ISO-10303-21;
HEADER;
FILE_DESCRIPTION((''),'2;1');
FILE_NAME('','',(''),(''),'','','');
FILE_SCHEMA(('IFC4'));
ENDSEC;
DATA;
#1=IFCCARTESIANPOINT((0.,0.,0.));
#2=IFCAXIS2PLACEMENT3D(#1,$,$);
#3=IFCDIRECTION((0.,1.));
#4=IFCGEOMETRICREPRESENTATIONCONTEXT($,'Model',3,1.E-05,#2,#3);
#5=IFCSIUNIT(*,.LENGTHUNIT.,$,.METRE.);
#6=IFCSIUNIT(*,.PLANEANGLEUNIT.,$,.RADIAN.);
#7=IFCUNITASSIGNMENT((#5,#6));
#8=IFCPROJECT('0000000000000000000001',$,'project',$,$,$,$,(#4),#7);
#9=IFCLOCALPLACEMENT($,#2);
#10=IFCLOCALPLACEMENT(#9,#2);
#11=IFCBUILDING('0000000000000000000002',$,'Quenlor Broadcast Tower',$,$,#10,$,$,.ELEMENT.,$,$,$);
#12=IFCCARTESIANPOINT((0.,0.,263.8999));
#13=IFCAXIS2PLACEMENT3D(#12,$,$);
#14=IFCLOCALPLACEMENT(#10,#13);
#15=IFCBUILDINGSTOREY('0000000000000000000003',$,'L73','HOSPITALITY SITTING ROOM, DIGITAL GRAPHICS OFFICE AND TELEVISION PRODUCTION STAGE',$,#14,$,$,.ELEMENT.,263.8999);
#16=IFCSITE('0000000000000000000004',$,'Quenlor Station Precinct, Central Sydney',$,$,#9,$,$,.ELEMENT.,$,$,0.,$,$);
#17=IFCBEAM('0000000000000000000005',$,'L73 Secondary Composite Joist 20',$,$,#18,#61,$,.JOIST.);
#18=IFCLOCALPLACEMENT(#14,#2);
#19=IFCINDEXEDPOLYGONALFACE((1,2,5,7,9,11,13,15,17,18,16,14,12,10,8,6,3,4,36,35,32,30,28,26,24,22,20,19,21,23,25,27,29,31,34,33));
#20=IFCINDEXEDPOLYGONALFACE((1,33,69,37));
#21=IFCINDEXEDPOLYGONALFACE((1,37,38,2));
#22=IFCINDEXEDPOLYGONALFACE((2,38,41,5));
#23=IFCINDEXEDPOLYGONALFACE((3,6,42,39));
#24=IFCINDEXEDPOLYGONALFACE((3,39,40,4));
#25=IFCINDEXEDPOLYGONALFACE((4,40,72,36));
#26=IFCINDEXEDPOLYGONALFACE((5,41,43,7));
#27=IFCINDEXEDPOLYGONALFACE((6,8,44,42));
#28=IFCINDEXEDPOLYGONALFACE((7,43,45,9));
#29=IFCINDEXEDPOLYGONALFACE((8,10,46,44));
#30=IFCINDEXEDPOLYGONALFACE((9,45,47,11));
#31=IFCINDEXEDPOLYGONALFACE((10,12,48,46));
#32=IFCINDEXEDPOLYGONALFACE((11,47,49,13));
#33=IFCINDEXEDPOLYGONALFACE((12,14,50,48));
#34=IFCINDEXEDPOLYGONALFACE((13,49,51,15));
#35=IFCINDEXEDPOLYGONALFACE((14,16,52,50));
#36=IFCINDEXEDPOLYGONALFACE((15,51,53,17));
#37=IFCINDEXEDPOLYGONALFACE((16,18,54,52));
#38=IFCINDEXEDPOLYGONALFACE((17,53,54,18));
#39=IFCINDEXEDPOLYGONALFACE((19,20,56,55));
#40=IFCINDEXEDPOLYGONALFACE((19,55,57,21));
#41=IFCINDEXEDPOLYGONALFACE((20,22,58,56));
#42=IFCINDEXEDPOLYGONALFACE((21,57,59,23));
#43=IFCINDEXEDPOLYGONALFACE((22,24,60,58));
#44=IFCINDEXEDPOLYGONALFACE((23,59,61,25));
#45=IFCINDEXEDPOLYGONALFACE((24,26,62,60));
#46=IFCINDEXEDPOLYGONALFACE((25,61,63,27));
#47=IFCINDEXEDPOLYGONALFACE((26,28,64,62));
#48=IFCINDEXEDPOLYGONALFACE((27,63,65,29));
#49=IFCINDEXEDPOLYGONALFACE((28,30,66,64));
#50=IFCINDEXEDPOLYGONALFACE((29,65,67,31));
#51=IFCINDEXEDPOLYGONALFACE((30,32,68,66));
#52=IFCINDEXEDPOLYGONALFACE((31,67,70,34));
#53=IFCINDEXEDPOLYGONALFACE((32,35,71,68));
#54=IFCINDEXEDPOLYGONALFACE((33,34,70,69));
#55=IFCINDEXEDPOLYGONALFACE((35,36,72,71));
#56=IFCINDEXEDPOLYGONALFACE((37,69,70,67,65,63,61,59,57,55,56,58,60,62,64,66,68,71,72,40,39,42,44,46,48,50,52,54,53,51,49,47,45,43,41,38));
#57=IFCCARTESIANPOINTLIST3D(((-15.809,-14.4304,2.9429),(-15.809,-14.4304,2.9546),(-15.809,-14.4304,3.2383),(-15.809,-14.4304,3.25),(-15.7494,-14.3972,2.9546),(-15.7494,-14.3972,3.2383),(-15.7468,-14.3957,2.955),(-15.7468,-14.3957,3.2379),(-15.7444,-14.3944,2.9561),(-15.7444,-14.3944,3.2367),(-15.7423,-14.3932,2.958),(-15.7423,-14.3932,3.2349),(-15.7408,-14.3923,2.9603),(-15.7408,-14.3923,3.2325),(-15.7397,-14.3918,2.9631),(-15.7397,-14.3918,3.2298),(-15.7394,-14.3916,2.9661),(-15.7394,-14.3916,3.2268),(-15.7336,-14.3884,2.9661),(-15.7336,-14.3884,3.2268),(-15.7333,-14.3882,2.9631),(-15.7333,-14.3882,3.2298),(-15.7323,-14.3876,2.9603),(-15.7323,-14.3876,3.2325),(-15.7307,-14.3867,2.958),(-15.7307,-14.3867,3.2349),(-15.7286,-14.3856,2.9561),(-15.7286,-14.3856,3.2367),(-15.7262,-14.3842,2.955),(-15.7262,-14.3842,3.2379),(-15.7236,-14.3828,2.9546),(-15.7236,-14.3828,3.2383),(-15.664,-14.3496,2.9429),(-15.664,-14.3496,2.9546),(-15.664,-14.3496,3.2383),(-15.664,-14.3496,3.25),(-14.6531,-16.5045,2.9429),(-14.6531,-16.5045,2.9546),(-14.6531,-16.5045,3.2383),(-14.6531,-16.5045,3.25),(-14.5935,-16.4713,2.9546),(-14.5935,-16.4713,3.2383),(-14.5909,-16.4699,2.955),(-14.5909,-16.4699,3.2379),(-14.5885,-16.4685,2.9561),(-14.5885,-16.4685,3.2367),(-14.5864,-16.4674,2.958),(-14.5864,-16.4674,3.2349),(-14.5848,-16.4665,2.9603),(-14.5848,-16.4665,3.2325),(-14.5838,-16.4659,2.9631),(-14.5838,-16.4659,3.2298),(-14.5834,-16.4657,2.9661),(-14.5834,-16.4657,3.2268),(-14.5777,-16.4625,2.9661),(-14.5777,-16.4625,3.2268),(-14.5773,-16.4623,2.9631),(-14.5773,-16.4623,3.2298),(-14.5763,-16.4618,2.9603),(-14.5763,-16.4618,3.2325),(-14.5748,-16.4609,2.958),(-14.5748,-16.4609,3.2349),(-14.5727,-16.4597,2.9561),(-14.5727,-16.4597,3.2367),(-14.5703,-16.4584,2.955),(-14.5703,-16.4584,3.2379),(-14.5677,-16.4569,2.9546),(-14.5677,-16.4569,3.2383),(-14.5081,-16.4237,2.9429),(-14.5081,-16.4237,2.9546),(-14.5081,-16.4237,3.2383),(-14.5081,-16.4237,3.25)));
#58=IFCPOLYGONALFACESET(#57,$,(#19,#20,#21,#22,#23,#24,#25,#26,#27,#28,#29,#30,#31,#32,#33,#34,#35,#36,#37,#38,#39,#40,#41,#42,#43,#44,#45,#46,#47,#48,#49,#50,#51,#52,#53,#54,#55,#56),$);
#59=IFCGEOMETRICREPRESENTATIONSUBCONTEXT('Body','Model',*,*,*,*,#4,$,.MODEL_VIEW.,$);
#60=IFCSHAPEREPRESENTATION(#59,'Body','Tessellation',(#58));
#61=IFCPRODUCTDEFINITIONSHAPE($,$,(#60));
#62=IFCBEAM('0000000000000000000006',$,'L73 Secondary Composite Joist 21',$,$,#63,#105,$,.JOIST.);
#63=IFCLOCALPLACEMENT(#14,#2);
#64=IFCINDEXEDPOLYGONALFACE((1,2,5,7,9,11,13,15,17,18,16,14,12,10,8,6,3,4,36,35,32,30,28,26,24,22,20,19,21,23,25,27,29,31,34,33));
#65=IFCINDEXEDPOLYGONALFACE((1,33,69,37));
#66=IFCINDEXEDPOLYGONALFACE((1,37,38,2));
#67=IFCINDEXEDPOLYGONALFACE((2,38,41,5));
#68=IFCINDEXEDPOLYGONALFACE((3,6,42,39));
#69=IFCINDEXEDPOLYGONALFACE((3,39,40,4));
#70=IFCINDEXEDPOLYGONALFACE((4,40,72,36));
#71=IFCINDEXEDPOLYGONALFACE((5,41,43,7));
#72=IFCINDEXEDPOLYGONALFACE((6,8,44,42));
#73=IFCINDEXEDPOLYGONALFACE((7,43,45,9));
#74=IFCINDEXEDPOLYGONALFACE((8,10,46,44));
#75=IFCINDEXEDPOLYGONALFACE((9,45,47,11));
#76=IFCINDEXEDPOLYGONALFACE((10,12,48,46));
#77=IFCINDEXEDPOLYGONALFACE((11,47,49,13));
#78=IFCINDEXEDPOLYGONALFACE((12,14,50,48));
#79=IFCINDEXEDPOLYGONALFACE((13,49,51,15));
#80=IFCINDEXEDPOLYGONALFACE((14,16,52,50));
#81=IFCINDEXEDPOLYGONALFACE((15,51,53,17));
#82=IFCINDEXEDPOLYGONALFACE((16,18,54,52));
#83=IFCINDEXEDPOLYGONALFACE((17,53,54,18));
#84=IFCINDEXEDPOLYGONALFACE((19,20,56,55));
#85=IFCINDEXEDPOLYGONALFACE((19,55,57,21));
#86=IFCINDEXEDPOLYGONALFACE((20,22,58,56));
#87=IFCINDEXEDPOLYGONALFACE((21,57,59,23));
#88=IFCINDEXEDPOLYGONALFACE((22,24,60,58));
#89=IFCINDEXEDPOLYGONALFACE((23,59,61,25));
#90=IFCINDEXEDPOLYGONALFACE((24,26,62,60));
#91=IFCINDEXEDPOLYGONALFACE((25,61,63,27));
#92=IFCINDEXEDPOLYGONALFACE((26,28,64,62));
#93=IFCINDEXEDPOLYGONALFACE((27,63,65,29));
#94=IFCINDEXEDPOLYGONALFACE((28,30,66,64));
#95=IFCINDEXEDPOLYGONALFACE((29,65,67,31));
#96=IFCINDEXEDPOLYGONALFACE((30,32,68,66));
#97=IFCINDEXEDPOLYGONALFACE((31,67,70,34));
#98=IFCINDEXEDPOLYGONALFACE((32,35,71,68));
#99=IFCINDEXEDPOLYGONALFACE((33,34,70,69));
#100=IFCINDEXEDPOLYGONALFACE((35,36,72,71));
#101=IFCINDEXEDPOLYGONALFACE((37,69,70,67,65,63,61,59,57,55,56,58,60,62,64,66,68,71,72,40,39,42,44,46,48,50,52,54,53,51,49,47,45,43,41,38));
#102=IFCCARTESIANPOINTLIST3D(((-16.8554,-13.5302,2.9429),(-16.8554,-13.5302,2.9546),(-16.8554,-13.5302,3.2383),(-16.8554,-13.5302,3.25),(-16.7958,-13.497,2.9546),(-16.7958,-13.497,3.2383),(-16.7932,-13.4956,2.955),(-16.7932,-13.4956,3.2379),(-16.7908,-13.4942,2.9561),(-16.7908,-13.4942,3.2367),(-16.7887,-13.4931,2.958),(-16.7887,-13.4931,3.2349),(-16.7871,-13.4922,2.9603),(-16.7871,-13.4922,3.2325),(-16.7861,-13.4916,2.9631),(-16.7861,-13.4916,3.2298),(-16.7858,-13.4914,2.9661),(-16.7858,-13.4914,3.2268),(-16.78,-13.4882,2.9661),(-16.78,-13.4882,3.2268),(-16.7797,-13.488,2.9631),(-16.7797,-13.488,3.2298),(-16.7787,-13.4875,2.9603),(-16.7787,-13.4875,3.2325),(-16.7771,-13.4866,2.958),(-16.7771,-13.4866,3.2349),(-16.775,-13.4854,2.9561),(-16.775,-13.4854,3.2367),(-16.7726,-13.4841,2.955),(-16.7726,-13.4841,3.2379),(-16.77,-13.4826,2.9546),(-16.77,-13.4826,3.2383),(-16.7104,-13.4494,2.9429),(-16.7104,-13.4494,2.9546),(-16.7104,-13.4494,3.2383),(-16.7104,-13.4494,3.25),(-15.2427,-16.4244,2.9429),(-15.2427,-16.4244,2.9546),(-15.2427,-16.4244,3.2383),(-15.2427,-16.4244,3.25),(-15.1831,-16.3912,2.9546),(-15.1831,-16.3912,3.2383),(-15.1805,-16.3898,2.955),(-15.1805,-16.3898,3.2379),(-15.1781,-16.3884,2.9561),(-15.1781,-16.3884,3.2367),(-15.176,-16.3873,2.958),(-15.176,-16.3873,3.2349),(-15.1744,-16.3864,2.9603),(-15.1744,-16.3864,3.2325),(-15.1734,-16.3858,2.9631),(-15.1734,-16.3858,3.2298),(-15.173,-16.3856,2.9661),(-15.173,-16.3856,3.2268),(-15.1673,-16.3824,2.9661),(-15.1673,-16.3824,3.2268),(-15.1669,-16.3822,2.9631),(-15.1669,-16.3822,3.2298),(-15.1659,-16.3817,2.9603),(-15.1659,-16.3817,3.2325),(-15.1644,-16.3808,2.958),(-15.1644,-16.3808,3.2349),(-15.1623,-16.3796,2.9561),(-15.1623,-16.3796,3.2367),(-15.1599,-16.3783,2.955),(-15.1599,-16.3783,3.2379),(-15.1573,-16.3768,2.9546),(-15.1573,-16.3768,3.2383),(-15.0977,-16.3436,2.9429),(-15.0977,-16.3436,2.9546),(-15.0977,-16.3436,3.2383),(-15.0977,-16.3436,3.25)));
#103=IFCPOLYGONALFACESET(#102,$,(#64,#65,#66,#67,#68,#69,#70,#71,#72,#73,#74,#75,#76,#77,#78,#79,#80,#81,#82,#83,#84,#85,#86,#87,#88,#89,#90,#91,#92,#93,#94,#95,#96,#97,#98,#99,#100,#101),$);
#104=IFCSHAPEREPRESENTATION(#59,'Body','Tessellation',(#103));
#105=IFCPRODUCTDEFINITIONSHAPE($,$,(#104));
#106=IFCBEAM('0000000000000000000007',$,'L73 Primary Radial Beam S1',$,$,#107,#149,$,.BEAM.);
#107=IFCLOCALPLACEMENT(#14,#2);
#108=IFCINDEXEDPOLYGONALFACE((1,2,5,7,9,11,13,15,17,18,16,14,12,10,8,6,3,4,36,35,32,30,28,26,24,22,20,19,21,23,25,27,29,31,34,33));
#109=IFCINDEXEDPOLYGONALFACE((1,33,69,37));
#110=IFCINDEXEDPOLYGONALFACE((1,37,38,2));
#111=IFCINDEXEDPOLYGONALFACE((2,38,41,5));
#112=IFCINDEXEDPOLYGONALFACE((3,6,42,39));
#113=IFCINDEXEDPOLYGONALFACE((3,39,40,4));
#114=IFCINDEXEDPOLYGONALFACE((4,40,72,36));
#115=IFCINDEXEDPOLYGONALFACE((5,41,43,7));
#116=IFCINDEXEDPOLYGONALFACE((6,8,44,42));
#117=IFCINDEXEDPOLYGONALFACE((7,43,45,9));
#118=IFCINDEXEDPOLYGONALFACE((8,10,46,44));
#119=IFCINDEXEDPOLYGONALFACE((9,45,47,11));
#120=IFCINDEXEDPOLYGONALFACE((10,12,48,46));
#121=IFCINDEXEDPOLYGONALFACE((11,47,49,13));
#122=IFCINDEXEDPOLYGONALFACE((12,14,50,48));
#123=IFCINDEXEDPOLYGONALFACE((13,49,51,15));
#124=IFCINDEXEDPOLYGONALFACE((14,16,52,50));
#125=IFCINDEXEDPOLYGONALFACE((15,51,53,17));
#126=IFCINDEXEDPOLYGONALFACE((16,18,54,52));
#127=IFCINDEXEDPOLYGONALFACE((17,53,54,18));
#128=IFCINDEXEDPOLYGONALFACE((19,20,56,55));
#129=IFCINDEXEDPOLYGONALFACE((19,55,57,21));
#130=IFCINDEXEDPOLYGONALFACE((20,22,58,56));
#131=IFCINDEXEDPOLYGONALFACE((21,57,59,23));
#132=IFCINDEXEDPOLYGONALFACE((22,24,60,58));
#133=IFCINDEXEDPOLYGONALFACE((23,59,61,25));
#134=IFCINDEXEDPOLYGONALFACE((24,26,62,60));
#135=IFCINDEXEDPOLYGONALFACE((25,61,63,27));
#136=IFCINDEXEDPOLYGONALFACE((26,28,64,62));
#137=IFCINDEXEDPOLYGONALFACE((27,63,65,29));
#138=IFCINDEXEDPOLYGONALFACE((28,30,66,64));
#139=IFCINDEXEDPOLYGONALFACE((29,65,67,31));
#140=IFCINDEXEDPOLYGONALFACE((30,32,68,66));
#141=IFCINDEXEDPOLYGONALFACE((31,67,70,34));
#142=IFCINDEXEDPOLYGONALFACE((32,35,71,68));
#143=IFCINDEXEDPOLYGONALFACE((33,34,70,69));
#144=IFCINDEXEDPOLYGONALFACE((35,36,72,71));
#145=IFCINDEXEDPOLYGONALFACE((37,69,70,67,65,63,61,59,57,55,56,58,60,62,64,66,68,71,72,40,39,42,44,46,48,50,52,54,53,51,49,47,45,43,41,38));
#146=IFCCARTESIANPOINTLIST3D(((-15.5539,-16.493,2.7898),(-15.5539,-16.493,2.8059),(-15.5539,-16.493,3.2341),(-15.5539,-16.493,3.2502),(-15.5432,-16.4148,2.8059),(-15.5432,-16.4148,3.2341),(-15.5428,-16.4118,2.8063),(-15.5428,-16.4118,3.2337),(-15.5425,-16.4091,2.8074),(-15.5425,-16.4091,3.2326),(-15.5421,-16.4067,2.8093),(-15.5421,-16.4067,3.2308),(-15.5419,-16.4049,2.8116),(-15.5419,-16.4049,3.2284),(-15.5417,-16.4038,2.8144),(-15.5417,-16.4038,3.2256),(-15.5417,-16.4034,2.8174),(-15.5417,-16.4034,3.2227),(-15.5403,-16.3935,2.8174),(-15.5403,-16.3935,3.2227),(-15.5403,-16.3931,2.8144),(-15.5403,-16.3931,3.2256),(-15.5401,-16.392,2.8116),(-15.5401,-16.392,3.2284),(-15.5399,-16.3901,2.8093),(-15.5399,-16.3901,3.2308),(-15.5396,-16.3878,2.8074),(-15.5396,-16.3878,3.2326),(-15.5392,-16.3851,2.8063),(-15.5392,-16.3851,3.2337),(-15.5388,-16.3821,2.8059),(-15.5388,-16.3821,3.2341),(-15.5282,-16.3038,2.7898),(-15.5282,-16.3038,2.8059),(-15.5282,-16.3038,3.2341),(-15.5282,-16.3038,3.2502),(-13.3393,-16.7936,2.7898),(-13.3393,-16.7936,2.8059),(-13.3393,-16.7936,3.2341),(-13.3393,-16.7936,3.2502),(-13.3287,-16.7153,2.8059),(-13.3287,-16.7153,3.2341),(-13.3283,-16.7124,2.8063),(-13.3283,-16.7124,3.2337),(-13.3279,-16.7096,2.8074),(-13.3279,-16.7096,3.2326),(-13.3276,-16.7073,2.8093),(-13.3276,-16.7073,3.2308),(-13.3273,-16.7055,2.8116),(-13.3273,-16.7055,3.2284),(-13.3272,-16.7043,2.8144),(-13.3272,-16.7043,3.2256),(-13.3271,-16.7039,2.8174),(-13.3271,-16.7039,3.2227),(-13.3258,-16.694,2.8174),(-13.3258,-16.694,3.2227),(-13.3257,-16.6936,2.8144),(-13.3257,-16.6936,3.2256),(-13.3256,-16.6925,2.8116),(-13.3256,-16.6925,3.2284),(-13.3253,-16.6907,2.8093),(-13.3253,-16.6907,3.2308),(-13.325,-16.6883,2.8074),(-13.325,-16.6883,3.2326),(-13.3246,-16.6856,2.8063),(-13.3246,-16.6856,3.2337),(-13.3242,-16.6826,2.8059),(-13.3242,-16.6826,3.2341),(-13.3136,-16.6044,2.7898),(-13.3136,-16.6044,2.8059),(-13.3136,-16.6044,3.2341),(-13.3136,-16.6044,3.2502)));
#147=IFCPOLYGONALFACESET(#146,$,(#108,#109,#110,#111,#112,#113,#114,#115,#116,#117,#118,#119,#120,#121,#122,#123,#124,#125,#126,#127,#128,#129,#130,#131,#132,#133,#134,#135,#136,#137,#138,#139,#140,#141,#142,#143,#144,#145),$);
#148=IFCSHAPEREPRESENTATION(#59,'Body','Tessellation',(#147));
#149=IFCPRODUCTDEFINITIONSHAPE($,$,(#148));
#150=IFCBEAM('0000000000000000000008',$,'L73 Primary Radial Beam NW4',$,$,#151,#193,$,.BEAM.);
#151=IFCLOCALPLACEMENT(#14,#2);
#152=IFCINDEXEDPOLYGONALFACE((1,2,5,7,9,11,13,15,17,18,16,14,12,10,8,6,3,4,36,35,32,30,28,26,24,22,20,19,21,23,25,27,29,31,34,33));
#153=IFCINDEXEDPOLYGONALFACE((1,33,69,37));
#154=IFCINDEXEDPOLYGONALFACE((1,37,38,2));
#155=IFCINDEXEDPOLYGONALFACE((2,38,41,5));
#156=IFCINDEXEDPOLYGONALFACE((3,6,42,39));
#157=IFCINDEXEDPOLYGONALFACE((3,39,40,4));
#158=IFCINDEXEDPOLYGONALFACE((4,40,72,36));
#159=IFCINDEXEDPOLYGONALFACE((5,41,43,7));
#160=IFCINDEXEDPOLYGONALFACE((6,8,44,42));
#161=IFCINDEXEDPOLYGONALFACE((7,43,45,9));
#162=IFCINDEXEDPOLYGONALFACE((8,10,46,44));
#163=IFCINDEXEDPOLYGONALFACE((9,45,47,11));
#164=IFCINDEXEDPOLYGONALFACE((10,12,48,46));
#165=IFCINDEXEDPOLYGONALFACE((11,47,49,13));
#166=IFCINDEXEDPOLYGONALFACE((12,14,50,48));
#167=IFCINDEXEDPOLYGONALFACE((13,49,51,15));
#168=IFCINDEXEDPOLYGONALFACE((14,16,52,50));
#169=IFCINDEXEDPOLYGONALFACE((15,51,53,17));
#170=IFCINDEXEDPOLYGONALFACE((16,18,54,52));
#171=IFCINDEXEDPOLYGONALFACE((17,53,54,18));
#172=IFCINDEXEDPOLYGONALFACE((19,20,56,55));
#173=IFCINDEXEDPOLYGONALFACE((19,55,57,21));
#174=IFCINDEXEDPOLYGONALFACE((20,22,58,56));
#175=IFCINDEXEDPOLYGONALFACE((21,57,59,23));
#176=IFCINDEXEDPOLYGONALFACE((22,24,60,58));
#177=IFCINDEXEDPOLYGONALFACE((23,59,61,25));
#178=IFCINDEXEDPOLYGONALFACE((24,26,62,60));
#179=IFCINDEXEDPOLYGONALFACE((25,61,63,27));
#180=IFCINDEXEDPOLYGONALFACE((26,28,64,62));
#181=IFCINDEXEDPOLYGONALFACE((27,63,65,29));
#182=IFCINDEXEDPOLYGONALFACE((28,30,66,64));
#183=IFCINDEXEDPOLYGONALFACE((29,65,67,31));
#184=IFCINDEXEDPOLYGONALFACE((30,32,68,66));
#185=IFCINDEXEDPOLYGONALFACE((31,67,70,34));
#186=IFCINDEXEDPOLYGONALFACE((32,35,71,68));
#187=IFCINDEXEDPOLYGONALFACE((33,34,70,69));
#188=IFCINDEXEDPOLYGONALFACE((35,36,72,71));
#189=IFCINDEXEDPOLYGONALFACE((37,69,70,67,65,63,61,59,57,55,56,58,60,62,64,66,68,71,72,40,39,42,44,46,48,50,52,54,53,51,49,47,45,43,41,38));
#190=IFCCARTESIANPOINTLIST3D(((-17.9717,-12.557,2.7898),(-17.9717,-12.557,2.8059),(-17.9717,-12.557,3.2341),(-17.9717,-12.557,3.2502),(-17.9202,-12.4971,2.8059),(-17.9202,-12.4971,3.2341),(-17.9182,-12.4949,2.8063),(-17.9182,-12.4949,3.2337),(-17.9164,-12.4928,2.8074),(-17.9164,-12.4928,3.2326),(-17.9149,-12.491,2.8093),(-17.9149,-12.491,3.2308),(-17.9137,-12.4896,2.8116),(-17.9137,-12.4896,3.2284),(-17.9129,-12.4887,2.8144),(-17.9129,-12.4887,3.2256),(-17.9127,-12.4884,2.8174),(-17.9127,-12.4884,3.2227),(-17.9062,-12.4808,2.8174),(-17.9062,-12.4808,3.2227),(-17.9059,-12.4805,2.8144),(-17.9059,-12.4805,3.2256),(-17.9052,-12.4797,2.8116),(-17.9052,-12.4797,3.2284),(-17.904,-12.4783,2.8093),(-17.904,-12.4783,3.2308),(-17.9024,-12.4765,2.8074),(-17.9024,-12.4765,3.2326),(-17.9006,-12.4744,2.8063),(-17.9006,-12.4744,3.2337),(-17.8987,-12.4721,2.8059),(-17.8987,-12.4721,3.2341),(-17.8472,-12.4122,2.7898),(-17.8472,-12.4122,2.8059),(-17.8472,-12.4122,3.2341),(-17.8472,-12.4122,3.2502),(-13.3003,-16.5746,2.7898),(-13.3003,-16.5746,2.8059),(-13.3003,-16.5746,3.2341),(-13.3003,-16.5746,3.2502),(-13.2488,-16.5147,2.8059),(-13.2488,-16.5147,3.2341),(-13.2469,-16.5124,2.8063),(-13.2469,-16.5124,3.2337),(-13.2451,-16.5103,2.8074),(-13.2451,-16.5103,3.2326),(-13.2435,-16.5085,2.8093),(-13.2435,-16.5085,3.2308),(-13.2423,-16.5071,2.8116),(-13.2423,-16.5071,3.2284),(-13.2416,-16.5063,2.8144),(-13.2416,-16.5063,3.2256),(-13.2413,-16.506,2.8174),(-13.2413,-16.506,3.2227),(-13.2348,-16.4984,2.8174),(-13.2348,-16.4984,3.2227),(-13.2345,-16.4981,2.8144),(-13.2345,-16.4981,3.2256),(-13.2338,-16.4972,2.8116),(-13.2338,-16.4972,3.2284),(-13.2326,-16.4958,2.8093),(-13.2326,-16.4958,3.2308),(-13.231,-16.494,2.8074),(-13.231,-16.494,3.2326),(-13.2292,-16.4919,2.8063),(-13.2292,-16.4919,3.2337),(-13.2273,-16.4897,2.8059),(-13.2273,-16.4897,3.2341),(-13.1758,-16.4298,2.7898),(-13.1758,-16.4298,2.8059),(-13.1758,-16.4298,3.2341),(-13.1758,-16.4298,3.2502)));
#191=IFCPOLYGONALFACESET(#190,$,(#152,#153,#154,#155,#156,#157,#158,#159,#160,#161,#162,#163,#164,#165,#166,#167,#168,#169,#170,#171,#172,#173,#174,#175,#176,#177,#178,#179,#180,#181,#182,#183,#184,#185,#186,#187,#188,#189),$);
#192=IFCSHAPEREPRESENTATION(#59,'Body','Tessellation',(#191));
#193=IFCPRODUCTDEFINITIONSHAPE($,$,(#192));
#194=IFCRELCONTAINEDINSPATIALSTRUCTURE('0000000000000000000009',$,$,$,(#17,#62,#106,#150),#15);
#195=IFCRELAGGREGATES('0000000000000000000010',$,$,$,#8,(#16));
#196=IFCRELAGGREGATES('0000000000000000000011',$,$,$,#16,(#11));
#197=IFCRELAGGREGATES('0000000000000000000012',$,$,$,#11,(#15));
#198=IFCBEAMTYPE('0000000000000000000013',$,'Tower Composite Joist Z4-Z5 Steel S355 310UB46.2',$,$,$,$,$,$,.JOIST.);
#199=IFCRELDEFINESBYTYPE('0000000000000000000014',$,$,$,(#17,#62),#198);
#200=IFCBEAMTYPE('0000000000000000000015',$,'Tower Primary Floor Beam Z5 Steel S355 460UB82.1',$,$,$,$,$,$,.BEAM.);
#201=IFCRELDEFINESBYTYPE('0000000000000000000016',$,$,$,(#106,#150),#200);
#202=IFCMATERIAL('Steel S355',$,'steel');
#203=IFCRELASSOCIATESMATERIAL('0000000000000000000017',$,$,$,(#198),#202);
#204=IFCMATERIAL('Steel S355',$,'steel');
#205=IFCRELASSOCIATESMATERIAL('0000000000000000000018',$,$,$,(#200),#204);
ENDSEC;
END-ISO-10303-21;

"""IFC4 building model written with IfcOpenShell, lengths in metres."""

from ifc_helpers import new_model, si_unit, direction, frame, origin, origin_2d, place, context, subcontext, project, spatial, i_section, extrude, material, material_profile, profile_set, type_object, element, save


model = new_model("IFC4")

# Units and contexts
model_context = context("Model", 3, precision=1e-05, world=origin(), true_north=direction((0.0, 1.0)))
body_context = subcontext(model_context, "Body", "Model", "MODEL_VIEW")
ifc_project = project(units=[si_unit("LENGTHUNIT", "METRE"), si_unit("PLANEANGLEUNIT", "RADIAN")], contexts=[model_context])

# Site, building, storey
site_placement = place(None, origin())
site = spatial("IfcSite", under=ifc_project, at=site_placement, Name="Quenlor Station Precinct, Central Sydney", CompositionType="ELEMENT", RefElevation=0.0)
building_placement = place(site_placement, origin())
building = spatial("IfcBuilding", under=site, at=building_placement, Name="Quenlor Broadcast Tower", CompositionType="ELEMENT")
storey_placement = place(building_placement, frame((0.0, 0.0, 263.8999)))
storey = spatial("IfcBuildingStorey", under=building, at=storey_placement, Name="L73", Description="HOSPITALITY SITTING ROOM, DIGITAL GRAPHICS OFFICE AND TELEVISION PRODUCTION STAGE", CompositionType="ELEMENT", Elevation=263.8999)

# Beams
ifc_material_1 = material(Name="Steel S355", Category="steel")
ifc_material_profile_1 = material_profile(ifc_material_1, i_section(OverallWidth=0.166, OverallDepth=0.3071, WebThickness=0.0066, FlangeThickness=0.0117, FilletRadius=0.0115, at=origin_2d()))
ifc_profile_set_1 = profile_set([ifc_material_profile_1], Name="Steel S355 310UB46.2")
beam_type_1 = type_object("IfcBeamType", Name="Tower Composite Joist Z4-Z5 Steel S355 310UB46.2", PredefinedType="JOIST", material=ifc_profile_set_1)
beam_1_placement = place(storey_placement, frame((-14.5806, -16.4641, 3.0964), z_axis=(-0.486821, 0.873502, 0.0), x_axis=(-0.873502, -0.486821, 0.0)))
element("IfcBeam", 1, at=beam_1_placement, inside=storey, type_object=beam_type_1, Name="L73 Secondary Composite Joist 20", PredefinedType="JOIST", context=body_context, shape_type="SweptSolid", body=[
    extrude(i_section(OverallWidth=0.166, OverallDepth=0.3071, WebThickness=0.0066, FlangeThickness=0.0117, FilletRadius=0.0115, at=origin_2d()), origin(), (0.0, 0.0, 1.0), 2.3745),
])
beam_2_placement = place(storey_placement, frame((-15.1702, -16.384, 3.0964), z_axis=(-0.486762, 0.873534, 0.0), x_axis=(-0.873534, -0.486762, 0.0)))
element("IfcBeam", 2, at=beam_2_placement, inside=storey, type_object=beam_type_1, Name="L73 Secondary Composite Joist 21", PredefinedType="JOIST", context=body_context, shape_type="SweptSolid", body=[
    extrude(i_section(OverallWidth=0.166, OverallDepth=0.3071, WebThickness=0.0066, FlangeThickness=0.0117, FilletRadius=0.0115, at=origin_2d()), origin(), (0.0, 0.0, 1.0), 3.3132),
])
ifc_material_2 = material(Name="Steel S355", Category="steel")
ifc_material_profile_2 = material_profile(ifc_material_2, i_section(OverallWidth=0.1909, OverallDepth=0.4604, WebThickness=0.01, FlangeThickness=0.0161, FilletRadius=0.0115, at=origin_2d()))
ifc_profile_set_2 = profile_set([ifc_material_profile_2], Name="Steel S355 460UB82.1")
beam_type_2 = type_object("IfcBeamType", Name="Tower Primary Floor Beam Z5 Steel S355 460UB82.1", PredefinedType="BEAM", material=ifc_profile_set_2)
beam_3_placement = place(storey_placement, frame((-15.541, -16.3984, 3.02), z_axis=(0.990917, -0.134475, 0.0), x_axis=(0.134475, 0.990917, 0.0)))
element("IfcBeam", 3, at=beam_3_placement, inside=storey, type_object=beam_type_2, Name="L73 Primary Radial Beam S1", PredefinedType="BEAM", context=body_context, shape_type="SweptSolid", body=[
    extrude(i_section(OverallWidth=0.1909, OverallDepth=0.4604, WebThickness=0.01, FlangeThickness=0.0161, FilletRadius=0.0115, at=origin_2d()), origin(), (0.0, 0.0, 1.0), 2.2349),
])
beam_4_placement = place(storey_placement, frame((-17.9094, -12.4846, 3.02), z_axis=(0.75817, -0.652057, 0.0), x_axis=(0.652057, 0.75817, 0.0)))
element("IfcBeam", 4, at=beam_4_placement, inside=storey, type_object=beam_type_2, Name="L73 Primary Radial Beam NW4", PredefinedType="BEAM", context=body_context, shape_type="SweptSolid", body=[
    extrude(i_section(OverallWidth=0.1909, OverallDepth=0.4604, WebThickness=0.01, FlangeThickness=0.0161, FilletRadius=0.0115, at=origin_2d()), origin(), (0.0, 0.0, 1.0), 6.1614),
])

save(model, "model.ifc")
